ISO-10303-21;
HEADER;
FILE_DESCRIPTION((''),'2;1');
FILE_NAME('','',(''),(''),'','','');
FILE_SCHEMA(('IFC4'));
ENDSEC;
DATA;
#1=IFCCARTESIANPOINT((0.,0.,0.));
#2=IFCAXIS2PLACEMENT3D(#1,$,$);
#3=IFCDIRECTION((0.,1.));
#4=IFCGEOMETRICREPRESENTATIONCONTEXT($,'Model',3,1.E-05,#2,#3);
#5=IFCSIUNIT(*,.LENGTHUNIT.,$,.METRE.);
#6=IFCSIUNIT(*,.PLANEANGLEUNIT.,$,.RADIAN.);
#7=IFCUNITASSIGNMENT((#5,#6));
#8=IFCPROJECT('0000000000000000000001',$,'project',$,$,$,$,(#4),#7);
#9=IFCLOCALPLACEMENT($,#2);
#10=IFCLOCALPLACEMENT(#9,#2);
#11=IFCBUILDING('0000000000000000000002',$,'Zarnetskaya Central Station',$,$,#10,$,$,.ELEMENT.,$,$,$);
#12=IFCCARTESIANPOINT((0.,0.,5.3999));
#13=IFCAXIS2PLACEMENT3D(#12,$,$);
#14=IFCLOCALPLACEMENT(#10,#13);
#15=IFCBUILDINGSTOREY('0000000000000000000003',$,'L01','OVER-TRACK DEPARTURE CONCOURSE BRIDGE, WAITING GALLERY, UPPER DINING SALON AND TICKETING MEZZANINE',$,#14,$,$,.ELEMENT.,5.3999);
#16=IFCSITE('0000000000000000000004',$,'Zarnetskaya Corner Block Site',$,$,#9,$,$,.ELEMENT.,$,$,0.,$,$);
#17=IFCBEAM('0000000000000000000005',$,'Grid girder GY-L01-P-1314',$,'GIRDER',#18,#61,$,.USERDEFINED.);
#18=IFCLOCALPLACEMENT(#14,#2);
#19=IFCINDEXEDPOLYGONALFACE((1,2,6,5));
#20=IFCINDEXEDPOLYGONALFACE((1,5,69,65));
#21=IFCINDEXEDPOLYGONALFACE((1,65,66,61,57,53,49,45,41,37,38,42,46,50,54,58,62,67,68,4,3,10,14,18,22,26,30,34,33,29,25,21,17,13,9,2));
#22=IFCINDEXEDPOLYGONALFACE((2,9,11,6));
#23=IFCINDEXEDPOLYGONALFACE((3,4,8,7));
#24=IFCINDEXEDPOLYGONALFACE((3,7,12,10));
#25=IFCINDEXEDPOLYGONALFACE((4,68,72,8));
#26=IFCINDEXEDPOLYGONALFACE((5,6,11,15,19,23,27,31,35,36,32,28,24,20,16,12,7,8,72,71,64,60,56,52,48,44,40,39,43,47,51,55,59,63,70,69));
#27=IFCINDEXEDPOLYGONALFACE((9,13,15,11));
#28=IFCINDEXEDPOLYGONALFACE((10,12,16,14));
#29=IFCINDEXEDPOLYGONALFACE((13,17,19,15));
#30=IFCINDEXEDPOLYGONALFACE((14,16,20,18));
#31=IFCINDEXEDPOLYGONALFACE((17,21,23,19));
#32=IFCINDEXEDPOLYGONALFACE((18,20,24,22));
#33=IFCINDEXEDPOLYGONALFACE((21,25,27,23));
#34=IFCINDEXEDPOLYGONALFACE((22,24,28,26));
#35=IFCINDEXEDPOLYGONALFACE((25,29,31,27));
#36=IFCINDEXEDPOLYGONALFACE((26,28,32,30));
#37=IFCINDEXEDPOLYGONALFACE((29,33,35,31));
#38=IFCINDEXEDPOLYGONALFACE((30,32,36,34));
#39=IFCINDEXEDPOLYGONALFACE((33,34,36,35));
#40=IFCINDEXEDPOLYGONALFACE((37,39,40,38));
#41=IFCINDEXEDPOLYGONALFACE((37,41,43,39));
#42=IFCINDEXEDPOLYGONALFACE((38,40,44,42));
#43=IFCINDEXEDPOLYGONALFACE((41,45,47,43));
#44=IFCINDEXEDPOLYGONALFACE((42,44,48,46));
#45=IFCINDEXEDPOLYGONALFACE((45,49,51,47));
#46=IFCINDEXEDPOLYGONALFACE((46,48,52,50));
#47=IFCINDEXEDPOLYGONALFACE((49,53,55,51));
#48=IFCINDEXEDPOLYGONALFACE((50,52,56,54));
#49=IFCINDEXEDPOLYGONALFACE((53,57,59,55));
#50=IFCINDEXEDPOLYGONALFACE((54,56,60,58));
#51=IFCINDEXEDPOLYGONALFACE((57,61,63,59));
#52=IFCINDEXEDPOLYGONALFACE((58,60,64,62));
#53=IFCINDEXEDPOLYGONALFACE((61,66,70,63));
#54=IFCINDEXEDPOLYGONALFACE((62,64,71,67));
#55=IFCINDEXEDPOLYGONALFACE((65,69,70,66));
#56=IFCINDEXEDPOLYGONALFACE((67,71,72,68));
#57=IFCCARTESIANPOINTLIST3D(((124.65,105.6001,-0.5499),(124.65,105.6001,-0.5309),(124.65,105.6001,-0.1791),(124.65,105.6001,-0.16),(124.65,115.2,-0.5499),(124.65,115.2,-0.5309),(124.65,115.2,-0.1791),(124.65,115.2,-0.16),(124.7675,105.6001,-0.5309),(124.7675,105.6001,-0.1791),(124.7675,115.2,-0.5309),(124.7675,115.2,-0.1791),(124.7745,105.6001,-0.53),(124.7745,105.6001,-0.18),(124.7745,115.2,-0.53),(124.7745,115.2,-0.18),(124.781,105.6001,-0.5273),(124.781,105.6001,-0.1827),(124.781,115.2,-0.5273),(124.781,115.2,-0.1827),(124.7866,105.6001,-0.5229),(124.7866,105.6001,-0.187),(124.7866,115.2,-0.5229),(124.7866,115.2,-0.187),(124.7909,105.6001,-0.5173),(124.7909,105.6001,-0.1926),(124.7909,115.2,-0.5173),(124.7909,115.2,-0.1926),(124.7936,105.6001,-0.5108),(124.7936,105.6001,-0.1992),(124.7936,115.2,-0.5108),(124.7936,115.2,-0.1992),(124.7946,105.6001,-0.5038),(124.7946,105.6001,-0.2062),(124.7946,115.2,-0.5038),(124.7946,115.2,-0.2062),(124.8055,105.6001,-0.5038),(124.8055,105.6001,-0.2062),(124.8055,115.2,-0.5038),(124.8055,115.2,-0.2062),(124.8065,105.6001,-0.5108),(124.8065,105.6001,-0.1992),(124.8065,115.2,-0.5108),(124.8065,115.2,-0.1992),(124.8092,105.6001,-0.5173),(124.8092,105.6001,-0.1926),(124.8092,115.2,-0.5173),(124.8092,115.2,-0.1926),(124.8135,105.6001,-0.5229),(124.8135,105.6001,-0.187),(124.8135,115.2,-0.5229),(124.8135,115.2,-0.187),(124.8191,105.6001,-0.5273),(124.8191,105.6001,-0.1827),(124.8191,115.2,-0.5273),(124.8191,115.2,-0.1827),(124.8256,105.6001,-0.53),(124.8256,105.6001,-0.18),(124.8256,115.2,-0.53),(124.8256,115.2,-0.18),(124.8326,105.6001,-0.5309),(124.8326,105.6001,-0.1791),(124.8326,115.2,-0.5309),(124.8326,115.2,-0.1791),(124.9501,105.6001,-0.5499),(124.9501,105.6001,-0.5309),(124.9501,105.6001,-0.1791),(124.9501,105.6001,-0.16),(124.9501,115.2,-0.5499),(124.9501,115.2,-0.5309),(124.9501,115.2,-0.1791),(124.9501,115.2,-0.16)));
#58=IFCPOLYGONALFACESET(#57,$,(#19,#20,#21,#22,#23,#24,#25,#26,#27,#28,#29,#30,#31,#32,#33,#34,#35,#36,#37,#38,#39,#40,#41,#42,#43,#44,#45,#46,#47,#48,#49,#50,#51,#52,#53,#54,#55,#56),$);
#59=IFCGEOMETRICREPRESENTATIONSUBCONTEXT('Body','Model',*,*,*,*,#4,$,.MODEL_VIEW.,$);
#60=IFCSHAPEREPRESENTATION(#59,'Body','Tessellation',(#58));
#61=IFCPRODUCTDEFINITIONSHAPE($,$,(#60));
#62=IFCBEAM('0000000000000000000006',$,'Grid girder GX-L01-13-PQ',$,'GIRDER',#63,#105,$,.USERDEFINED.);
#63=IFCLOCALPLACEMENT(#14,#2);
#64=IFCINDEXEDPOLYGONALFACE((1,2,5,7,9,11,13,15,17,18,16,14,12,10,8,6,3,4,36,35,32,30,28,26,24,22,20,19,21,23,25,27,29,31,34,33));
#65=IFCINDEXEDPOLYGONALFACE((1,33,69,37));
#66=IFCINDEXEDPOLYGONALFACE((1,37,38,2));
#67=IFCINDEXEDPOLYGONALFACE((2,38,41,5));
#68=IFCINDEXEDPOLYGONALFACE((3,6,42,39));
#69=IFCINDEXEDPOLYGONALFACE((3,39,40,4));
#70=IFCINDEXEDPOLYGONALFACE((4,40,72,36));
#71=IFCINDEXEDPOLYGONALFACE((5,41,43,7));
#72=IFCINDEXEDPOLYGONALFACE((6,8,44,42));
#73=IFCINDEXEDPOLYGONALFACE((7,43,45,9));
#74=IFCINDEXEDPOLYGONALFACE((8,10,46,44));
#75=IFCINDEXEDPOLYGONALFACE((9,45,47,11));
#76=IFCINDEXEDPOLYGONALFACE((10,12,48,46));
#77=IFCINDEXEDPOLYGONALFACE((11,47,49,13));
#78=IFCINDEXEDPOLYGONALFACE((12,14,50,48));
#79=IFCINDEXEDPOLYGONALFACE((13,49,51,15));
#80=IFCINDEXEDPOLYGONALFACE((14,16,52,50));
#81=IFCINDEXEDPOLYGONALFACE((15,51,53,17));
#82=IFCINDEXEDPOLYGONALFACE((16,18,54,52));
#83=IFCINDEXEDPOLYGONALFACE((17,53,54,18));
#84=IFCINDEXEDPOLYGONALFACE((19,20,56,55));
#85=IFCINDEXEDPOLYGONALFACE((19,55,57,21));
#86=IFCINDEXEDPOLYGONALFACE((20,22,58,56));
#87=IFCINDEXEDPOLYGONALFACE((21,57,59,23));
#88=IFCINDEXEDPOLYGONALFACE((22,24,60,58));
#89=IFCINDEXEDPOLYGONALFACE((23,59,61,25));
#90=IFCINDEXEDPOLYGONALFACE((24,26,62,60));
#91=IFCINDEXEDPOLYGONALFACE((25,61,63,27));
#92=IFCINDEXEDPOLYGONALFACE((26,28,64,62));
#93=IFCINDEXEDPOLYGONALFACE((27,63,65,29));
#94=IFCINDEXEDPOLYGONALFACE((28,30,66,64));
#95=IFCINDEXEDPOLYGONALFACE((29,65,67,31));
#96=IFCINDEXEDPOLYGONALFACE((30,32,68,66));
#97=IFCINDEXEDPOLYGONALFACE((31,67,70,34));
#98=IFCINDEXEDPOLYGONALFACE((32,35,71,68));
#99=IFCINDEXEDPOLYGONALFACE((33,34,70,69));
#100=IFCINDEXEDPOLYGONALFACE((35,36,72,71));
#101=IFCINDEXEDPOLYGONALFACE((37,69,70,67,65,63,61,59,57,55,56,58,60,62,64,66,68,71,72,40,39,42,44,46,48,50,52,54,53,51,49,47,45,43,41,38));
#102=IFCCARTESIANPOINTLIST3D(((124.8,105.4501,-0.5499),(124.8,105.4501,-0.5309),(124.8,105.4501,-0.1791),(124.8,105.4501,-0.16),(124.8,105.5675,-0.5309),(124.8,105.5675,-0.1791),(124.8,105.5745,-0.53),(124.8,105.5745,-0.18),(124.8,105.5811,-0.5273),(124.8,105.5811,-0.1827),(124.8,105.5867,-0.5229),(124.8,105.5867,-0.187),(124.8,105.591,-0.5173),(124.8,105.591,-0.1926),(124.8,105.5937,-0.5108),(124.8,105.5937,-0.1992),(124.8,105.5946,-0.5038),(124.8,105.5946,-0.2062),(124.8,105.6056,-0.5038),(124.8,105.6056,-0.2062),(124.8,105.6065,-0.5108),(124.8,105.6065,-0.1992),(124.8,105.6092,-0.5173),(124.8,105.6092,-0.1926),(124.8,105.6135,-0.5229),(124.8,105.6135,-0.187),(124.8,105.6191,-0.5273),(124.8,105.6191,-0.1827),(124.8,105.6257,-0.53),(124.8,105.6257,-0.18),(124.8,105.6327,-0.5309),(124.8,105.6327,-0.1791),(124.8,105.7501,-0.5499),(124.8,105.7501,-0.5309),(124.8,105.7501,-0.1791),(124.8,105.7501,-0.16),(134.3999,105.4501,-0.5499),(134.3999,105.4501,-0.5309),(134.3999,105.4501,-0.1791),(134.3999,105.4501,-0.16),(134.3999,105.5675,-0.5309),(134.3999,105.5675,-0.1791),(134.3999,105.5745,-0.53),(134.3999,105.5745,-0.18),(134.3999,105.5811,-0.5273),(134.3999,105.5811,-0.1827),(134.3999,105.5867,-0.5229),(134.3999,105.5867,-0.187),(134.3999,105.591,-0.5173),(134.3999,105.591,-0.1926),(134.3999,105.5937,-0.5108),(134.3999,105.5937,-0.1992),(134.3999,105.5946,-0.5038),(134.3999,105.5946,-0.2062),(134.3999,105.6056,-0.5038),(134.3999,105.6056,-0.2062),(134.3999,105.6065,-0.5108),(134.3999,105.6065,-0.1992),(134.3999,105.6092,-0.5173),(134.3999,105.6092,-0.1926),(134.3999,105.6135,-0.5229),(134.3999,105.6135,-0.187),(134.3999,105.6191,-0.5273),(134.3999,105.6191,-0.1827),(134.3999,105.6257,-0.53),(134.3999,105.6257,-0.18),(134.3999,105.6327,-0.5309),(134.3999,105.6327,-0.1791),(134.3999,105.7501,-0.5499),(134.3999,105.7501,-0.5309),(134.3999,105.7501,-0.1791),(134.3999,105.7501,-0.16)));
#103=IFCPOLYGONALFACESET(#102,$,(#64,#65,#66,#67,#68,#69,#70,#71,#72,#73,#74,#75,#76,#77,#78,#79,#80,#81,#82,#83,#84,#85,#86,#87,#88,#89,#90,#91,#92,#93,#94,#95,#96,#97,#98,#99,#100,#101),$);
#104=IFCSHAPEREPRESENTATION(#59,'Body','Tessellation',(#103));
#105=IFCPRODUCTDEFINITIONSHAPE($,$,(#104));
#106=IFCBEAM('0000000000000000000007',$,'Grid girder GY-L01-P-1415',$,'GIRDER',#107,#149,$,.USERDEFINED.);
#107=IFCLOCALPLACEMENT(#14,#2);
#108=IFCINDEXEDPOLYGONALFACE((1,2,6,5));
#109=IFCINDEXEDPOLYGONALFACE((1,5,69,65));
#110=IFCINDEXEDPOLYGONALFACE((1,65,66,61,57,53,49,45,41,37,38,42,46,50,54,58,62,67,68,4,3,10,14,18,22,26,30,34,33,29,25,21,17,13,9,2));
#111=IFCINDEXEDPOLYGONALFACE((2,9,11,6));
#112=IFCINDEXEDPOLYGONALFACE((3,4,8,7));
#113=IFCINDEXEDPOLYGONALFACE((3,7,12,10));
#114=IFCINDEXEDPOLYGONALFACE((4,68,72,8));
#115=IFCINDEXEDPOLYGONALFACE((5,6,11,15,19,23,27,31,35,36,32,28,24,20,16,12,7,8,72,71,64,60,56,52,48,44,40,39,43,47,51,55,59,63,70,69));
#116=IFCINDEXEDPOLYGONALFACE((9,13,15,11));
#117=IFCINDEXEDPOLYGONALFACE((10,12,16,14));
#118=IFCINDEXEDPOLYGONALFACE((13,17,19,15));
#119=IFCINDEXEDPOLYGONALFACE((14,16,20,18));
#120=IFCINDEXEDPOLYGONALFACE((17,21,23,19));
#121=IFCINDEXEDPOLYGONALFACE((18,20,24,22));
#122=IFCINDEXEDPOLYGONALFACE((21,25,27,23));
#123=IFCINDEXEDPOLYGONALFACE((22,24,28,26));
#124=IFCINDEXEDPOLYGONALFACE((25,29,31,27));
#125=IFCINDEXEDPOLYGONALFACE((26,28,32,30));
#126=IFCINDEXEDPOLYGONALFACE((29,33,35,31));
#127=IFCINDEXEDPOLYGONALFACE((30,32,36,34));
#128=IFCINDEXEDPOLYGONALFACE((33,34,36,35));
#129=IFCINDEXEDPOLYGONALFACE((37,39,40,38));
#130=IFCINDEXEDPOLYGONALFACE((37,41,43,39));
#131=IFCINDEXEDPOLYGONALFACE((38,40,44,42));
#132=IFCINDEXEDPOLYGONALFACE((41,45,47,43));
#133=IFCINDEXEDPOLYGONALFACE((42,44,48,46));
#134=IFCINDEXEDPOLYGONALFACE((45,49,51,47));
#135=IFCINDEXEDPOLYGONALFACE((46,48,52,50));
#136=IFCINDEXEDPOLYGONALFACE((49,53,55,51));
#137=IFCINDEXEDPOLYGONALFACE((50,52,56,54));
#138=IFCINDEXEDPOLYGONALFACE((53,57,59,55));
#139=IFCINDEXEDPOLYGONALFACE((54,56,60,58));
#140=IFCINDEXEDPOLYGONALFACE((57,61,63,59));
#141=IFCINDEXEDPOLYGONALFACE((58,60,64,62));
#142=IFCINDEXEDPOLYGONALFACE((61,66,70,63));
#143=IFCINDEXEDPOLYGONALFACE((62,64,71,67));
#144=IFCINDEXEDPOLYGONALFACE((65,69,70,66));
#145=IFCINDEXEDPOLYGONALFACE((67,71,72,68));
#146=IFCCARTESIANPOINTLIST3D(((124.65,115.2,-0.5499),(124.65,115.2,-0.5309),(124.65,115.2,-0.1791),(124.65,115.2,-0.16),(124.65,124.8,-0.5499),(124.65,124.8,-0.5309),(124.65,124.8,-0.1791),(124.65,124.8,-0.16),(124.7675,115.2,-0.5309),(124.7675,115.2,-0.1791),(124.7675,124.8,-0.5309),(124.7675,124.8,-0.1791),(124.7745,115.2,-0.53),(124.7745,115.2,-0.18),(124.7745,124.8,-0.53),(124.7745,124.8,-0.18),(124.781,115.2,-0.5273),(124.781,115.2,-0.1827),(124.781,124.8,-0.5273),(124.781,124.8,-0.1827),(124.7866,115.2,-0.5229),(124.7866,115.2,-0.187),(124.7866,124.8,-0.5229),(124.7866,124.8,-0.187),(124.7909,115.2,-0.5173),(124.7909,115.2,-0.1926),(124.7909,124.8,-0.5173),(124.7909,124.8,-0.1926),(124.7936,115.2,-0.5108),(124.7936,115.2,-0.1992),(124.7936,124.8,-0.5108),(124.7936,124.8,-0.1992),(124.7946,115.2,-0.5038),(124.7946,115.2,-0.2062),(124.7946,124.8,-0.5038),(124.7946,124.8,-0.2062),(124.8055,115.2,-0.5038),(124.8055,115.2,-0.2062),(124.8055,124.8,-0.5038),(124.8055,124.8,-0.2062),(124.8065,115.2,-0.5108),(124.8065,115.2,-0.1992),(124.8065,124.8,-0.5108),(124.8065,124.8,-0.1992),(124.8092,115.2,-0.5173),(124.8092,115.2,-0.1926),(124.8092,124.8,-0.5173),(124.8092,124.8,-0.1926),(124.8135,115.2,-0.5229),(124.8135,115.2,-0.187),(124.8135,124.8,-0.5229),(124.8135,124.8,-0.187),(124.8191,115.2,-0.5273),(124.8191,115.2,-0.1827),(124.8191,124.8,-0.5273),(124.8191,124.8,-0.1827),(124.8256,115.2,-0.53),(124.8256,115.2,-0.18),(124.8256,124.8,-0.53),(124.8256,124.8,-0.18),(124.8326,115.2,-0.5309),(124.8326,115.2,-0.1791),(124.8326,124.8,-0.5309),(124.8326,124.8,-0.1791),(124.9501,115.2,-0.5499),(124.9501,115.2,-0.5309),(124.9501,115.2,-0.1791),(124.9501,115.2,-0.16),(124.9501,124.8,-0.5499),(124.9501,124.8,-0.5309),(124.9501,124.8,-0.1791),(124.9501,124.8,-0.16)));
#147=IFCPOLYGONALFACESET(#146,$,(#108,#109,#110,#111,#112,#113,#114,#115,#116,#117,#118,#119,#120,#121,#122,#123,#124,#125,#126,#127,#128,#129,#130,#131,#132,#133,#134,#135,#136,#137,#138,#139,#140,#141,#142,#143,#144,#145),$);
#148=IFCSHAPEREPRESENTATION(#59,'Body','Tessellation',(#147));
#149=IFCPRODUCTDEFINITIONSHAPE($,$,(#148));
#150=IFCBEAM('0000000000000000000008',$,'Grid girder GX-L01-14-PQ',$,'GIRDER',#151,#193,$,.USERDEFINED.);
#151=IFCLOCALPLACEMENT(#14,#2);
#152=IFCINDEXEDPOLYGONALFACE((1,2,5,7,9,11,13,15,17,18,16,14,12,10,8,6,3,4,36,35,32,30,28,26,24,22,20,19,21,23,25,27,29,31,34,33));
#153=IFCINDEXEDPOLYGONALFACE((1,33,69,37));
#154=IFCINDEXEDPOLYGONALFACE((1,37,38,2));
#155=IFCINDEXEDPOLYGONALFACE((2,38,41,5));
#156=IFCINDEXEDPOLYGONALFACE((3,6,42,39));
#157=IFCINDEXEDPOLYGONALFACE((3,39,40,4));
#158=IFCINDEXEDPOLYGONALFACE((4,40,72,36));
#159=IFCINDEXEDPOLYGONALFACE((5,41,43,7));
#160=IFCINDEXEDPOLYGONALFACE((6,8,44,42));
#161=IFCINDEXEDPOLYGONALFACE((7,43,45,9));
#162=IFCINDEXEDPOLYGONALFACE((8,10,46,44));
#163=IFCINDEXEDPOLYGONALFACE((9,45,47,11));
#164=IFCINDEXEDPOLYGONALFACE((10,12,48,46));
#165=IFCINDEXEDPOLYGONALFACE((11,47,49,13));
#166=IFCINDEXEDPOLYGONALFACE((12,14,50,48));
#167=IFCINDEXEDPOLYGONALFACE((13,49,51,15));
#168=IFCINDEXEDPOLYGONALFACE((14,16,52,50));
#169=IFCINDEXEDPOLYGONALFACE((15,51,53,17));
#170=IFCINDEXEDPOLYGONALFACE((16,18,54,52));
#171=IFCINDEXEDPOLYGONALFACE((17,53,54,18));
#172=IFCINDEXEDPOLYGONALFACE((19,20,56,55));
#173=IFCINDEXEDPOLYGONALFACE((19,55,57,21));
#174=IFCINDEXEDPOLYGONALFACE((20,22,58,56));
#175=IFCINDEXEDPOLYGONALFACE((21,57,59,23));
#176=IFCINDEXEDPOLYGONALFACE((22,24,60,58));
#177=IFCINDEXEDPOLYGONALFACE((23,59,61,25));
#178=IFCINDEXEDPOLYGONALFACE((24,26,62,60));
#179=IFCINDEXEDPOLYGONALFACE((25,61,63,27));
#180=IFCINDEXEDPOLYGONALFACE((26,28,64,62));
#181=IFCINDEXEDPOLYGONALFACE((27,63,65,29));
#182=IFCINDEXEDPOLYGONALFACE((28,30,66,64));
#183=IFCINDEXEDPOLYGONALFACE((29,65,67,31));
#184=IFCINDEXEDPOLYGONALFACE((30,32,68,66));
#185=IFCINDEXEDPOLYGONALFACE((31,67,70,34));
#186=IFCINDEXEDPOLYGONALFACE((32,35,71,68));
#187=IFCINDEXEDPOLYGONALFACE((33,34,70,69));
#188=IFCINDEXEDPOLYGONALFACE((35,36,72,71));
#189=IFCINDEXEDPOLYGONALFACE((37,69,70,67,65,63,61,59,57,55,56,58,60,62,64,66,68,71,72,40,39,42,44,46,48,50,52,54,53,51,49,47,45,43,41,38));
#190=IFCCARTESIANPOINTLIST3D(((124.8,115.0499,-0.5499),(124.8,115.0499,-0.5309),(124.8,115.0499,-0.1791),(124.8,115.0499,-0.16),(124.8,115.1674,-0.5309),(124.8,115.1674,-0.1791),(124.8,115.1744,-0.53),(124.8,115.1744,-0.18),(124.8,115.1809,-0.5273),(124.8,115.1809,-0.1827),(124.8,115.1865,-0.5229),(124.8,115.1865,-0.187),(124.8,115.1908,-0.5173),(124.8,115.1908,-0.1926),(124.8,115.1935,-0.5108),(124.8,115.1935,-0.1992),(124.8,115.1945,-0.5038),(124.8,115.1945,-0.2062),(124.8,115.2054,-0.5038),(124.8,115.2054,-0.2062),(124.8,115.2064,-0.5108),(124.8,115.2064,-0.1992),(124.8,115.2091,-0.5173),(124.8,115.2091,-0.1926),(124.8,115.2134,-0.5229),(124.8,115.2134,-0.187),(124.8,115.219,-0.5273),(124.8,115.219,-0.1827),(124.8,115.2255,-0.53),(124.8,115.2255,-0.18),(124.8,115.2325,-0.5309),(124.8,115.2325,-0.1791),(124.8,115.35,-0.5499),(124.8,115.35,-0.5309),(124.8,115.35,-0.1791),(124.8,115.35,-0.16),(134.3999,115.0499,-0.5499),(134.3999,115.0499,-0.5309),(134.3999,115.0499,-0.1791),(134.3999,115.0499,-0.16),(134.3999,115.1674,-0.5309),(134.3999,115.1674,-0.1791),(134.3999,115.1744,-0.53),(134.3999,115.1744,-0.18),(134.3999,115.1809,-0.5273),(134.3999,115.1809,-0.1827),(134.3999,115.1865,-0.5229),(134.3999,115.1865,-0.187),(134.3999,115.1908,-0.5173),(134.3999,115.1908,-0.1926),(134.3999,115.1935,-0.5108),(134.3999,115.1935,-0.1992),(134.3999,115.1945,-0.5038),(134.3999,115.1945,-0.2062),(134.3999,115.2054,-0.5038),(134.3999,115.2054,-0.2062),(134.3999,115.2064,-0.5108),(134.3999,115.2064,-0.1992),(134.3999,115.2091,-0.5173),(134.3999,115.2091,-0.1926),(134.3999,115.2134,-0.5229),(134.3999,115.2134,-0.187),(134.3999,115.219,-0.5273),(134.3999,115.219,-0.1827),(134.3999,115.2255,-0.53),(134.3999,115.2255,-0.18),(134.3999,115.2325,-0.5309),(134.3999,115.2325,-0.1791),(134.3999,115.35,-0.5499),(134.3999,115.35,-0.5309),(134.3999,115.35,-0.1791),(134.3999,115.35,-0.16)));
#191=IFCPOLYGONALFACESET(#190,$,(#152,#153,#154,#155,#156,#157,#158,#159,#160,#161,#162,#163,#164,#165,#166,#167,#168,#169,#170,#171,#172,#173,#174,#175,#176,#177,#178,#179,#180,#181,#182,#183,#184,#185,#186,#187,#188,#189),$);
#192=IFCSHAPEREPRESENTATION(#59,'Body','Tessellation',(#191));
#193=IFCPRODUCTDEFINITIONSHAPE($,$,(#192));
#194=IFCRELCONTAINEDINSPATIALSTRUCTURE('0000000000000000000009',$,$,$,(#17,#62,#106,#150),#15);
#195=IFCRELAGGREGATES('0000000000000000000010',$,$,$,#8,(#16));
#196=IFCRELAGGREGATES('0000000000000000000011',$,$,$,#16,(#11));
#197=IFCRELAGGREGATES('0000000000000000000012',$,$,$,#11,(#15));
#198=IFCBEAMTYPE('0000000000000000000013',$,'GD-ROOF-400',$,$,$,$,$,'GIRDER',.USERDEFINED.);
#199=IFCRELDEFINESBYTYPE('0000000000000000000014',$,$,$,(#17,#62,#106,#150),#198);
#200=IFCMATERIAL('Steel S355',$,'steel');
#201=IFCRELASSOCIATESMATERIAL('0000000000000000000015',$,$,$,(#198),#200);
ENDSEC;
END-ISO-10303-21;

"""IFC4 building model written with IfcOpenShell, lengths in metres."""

from ifc_helpers import new_model, si_unit, direction, frame, origin, origin_2d, place, context, subcontext, project, spatial, i_section, extrude, material, material_profile, profile_set, type_object, element, save


model = new_model("IFC4")

# Units and contexts
model_context = context("Model", 3, precision=1e-05, world=origin(), true_north=direction((0.0, 1.0)))
body_context = subcontext(model_context, "Body", "Model", "MODEL_VIEW")
ifc_project = project(units=[si_unit("LENGTHUNIT", "METRE"), si_unit("PLANEANGLEUNIT", "RADIAN")], contexts=[model_context])

# Site, building, storey
site_placement = place(None, origin())
site = spatial("IfcSite", under=ifc_project, at=site_placement, Name="Zarnetskaya Corner Block Site", CompositionType="ELEMENT", RefElevation=0.0)
building_placement = place(site_placement, origin())
building = spatial("IfcBuilding", under=site, at=building_placement, Name="Zarnetskaya Central Station", CompositionType="ELEMENT")
storey_placement = place(building_placement, frame((0.0, 0.0, 5.3999)))
storey = spatial("IfcBuildingStorey", under=building, at=storey_placement, Name="L01", Description="OVER-TRACK DEPARTURE CONCOURSE BRIDGE, WAITING GALLERY, UPPER DINING SALON AND TICKETING MEZZANINE", CompositionType="ELEMENT", Elevation=5.3999)

# Shared definitions
ifc_material = material(Name="Steel S355", Category="steel")

# Beams
ifc_material_profile_1 = material_profile(ifc_material, i_section(OverallWidth=0.3, OverallDepth=0.3899, WebThickness=0.011, FlangeThickness=0.019, FilletRadius=0.0271, at=origin_2d()), Name="HEA 400")
ifc_profile_set_1 = profile_set([ifc_material_profile_1], Name="Steel S355")
beam_type_1 = type_object("IfcBeamType", Name="GD-ROOF-400", ElementType="GIRDER", PredefinedType="USERDEFINED", material=ifc_profile_set_1)
for number, where, z_axis, x_axis, name in (
    (1, (124.8, 105.6001, -0.355), (0.0, 1.0, 0.0), (-1.0, 0.0, 0.0), "Grid girder GY-L01-P-1314"),
    (2, (124.8, 105.6001, -0.355), (1.0, 0.0, 0.0), (0.0, 1.0, 0.0), "Grid girder GX-L01-13-PQ"),
):
    element("IfcBeam", number, at=place(storey_placement, frame(where, z_axis=z_axis, x_axis=x_axis)), inside=storey, type_object=beam_type_1, Name=name, ObjectType="GIRDER", PredefinedType="USERDEFINED", context=body_context, shape_type="SweptSolid", body=[
        extrude(i_section(OverallWidth=0.3, OverallDepth=0.3899, WebThickness=0.011, FlangeThickness=0.019, FilletRadius=0.0271, at=origin_2d()), origin(), (0.0, 0.0, 1.0), 9.5999),
    ])
beam_1_placement = place(storey_placement, frame((124.8, 115.2, -0.355), z_axis=(0.0, 1.0, 0.0), x_axis=(-1.0, 0.0, 0.0)))
element("IfcBeam", 3, at=beam_1_placement, inside=storey, type_object=beam_type_1, Name="Grid girder GY-L01-P-1415", ObjectType="GIRDER", PredefinedType="USERDEFINED", context=body_context, shape_type="SweptSolid", body=[
    extrude(i_section(OverallWidth=0.3, OverallDepth=0.3899, WebThickness=0.011, FlangeThickness=0.019, FilletRadius=0.0271, at=origin_2d()), origin(), (0.0, 0.0, 1.0), 9.6001),
])
for number, where, z_axis, x_axis, name in (
    (4, (124.8, 115.2, -0.355), (1.0, 0.0, 0.0), (0.0, 1.0, 0.0), "Grid girder GX-L01-14-PQ"),
):
    element("IfcBeam", number, at=place(storey_placement, frame(where, z_axis=z_axis, x_axis=x_axis)), inside=storey, type_object=beam_type_1, Name=name, ObjectType="GIRDER", PredefinedType="USERDEFINED", context=body_context, shape_type="SweptSolid", body=[
        extrude(i_section(OverallWidth=0.3, OverallDepth=0.3899, WebThickness=0.011, FlangeThickness=0.019, FilletRadius=0.0271, at=origin_2d()), origin(), (0.0, 0.0, 1.0), 9.5999),
    ])

save(model, "model.ifc")
